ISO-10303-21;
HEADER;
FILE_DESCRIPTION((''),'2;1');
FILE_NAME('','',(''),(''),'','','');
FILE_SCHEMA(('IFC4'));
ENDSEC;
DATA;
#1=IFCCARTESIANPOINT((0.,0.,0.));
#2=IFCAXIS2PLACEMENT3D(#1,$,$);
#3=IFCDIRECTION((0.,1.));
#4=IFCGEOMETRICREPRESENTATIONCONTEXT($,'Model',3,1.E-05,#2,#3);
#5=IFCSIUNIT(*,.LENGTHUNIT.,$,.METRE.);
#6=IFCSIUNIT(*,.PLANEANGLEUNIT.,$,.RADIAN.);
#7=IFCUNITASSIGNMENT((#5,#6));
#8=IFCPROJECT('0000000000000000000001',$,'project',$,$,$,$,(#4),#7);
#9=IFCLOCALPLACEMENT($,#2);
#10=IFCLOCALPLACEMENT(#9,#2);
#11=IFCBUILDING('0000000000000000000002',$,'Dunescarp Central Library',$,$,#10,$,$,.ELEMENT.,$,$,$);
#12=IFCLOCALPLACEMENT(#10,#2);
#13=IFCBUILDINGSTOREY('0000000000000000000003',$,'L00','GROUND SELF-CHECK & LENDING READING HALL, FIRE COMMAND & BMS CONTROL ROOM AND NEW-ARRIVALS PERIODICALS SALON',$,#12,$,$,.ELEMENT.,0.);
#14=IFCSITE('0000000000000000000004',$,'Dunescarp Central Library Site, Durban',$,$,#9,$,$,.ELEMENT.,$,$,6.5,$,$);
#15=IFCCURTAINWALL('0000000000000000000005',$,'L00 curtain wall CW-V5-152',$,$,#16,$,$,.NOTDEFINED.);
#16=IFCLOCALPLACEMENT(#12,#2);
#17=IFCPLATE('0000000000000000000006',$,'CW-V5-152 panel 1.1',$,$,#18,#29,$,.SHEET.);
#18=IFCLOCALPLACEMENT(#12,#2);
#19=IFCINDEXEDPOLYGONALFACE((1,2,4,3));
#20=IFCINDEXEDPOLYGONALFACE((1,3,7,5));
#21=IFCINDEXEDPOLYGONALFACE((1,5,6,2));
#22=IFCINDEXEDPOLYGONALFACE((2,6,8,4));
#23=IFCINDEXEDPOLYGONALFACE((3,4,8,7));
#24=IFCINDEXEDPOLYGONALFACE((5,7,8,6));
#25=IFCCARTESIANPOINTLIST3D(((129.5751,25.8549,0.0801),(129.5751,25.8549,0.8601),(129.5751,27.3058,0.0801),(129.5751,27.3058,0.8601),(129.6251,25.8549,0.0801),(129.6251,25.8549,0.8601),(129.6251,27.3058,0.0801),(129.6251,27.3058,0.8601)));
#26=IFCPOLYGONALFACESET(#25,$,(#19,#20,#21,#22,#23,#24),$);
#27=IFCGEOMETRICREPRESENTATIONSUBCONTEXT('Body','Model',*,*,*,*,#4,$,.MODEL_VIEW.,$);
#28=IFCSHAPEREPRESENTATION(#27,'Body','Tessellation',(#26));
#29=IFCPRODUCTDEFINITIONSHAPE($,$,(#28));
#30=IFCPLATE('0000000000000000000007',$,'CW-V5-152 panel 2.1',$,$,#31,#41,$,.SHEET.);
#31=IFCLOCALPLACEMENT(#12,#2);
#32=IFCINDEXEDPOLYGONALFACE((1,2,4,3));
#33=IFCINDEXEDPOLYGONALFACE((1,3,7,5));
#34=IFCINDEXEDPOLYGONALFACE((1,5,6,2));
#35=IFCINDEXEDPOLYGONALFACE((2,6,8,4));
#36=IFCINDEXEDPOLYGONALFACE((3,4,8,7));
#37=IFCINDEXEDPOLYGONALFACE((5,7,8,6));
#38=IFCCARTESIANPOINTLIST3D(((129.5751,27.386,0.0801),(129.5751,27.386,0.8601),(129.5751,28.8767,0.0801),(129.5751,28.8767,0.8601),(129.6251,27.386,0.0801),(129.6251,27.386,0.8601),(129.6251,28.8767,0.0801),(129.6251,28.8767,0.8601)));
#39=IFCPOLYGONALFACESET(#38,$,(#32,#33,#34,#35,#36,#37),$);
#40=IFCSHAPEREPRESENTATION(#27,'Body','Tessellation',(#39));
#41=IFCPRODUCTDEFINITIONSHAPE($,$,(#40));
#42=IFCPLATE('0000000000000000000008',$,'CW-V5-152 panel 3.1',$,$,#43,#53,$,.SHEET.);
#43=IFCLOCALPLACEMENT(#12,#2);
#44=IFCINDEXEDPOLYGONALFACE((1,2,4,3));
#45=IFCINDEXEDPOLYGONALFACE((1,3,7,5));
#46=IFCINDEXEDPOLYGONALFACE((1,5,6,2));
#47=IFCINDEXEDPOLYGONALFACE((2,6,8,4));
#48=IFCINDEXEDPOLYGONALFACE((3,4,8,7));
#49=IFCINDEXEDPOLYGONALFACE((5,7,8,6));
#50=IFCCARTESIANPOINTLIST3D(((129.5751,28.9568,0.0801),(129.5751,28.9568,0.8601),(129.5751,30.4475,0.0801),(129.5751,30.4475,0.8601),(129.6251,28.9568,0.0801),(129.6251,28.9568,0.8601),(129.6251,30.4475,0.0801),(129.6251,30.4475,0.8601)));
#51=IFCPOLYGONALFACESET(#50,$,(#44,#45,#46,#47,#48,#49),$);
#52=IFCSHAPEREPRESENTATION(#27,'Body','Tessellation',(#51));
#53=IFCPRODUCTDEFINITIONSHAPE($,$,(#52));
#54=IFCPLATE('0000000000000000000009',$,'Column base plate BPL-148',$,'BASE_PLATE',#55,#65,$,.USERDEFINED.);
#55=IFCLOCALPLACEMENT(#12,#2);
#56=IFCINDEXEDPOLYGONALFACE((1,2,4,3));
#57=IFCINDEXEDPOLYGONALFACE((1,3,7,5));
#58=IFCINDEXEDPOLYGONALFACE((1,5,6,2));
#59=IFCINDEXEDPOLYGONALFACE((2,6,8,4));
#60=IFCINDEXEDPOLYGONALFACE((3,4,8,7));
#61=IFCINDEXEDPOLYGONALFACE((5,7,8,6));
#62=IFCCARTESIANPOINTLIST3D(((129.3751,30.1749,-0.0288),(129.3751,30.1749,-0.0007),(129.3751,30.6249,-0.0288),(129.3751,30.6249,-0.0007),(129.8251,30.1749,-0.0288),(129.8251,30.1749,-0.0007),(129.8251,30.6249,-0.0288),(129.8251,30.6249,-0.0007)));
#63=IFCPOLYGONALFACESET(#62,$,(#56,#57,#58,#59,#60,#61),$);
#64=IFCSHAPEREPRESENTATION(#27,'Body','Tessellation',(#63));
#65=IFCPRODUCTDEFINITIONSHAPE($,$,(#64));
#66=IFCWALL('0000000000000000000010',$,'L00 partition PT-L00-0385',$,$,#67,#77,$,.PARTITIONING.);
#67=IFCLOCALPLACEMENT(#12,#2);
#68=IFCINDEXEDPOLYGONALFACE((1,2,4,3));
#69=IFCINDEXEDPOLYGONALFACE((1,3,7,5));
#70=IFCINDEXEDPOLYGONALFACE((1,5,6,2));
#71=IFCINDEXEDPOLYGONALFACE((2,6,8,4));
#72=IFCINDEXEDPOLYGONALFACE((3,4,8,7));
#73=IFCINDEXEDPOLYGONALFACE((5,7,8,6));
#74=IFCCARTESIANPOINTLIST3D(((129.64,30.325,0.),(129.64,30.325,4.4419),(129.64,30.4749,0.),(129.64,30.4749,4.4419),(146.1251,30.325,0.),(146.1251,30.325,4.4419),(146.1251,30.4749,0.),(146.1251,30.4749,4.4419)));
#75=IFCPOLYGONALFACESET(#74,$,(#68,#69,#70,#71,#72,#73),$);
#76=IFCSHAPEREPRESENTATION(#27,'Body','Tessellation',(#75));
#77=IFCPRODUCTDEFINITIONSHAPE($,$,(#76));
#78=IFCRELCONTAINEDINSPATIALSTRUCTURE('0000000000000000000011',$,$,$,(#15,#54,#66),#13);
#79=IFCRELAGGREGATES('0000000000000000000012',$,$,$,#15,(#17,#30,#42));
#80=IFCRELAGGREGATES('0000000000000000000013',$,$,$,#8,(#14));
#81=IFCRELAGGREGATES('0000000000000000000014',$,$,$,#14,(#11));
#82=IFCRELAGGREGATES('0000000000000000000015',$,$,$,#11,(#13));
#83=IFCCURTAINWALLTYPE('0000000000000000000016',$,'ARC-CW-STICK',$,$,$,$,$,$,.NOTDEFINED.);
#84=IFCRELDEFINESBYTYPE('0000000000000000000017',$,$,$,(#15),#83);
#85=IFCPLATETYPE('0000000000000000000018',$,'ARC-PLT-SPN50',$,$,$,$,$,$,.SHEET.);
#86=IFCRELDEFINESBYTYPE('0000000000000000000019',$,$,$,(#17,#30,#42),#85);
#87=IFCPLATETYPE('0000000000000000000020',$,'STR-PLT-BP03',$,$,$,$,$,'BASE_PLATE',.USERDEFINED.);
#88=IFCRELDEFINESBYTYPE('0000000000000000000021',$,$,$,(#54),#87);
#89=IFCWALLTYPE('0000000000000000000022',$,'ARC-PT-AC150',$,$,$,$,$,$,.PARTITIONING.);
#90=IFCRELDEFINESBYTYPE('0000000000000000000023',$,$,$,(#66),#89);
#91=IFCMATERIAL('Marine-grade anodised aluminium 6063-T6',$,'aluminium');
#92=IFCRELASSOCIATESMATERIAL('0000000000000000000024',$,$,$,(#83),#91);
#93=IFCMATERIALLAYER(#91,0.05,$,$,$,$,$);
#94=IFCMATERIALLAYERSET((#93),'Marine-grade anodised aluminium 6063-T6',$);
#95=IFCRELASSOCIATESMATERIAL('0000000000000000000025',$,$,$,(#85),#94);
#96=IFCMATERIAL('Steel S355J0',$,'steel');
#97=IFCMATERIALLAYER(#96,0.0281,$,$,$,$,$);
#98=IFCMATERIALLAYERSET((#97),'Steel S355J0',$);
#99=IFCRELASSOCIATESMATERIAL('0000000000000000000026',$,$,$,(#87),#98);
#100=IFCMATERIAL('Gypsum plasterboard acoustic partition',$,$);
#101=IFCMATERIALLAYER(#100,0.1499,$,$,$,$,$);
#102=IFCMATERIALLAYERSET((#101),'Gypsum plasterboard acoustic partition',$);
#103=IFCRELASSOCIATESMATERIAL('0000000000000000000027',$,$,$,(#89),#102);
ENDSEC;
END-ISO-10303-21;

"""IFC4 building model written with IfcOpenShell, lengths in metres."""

from ifc_helpers import new_model, si_unit, direction, frame, frame_2d, origin, origin_2d, place, context, subcontext, project, spatial, rectangle, extrude, material, layer, layer_set, type_object, element, aggregate, save


model = new_model("IFC4")

# Units and contexts
model_context = context("Model", 3, precision=1e-05, world=origin(), true_north=direction((0.0, 1.0)))
body_context = subcontext(model_context, "Body", "Model", "MODEL_VIEW")
ifc_project = project(units=[si_unit("LENGTHUNIT", "METRE"), si_unit("PLANEANGLEUNIT", "RADIAN")], contexts=[model_context])

# Site, building, storey
site_placement = place(None, origin())
site = spatial("IfcSite", under=ifc_project, at=site_placement, Name="Dunescarp Central Library Site, Durban", CompositionType="ELEMENT", RefElevation=6.5)
building_placement = place(site_placement, origin())
building = spatial("IfcBuilding", under=site, at=building_placement, Name="Dunescarp Central Library", CompositionType="ELEMENT")
storey_placement = place(building_placement, origin())
storey = spatial("IfcBuildingStorey", under=building, at=storey_placement, Name="L00", Description="GROUND SELF-CHECK & LENDING READING HALL, FIRE COMMAND & BMS CONTROL ROOM AND NEW-ARRIVALS PERIODICALS SALON", CompositionType="ELEMENT", Elevation=0.0)

# Curtain wall, plates
ifc_material_1 = material(Name="Marine-grade anodised aluminium 6063-T6", Category="aluminium")
curtain_wall_type = type_object("IfcCurtainWallType", Name="ARC-CW-STICK", PredefinedType="NOTDEFINED", material=ifc_material_1)
curtain_wall_placement = place(storey_placement, origin())
curtain_wall = element("IfcCurtainWall", 1, at=curtain_wall_placement, inside=storey, type_object=curtain_wall_type, Name="L00 curtain wall CW-V5-152", PredefinedType="NOTDEFINED")
ifc_layer_1 = layer(ifc_material_1, 0.05)
ifc_layer_set_1 = layer_set([ifc_layer_1], Name="Marine-grade anodised aluminium 6063-T6")
plate_type_1 = type_object("IfcPlateType", Name="ARC-PLT-SPN50", PredefinedType="SHEET", material=ifc_layer_set_1)
plate_1_placement = place(storey_placement, frame((129.6001, 26.5803, 0.0801), z_axis=(0.0, 0.0, 1.0), x_axis=(0.0, 1.0, 0.0)))
plate_1 = element("IfcPlate", 2, at=plate_1_placement, type_object=plate_type_1, Name="CW-V5-152 panel 1.1", PredefinedType="SHEET", context=body_context, shape_type="SweptSolid", body=[
    extrude(rectangle(XDim=1.4509, YDim=0.05, at=origin_2d()), origin(), (0.0, 0.0, 1.0), 0.78),
])
plate_2_placement = place(storey_placement, frame((129.6001, 28.1313, 0.0801), z_axis=(0.0, 0.0, 1.0), x_axis=(0.0, 1.0, 0.0)))
plate_2 = element("IfcPlate", 3, at=plate_2_placement, type_object=plate_type_1, Name="CW-V5-152 panel 2.1", PredefinedType="SHEET", context=body_context, shape_type="SweptSolid", body=[
    extrude(rectangle(XDim=1.4907, YDim=0.05, at=origin_2d()), origin(), (0.0, 0.0, 1.0), 0.78),
])
plate_3_placement = place(storey_placement, frame((129.6001, 29.7021, 0.0801), z_axis=(0.0, 0.0, 1.0), x_axis=(0.0, 1.0, 0.0)))
plate_3 = element("IfcPlate", 4, at=plate_3_placement, type_object=plate_type_1, Name="CW-V5-152 panel 3.1", PredefinedType="SHEET", context=body_context, shape_type="SweptSolid", body=[
    extrude(rectangle(XDim=1.4907, YDim=0.05, at=origin_2d()), origin(), (0.0, 0.0, 1.0), 0.78),
])
aggregate(curtain_wall, [plate_1, plate_2, plate_3])

# Plate
ifc_material_2 = material(Name="Steel S355J0", Category="steel")
ifc_layer_2 = layer(ifc_material_2, 0.0281)
ifc_layer_set_2 = layer_set([ifc_layer_2], Name="Steel S355J0")
plate_type_2 = type_object("IfcPlateType", Name="STR-PLT-BP03", ElementType="BASE_PLATE", PredefinedType="USERDEFINED", material=ifc_layer_set_2)
plate_4_placement = place(storey_placement, frame((129.6001, 30.3999, -0.0288), z_axis=(0.0, 0.0, 1.0), x_axis=(1.0, 0.0, 0.0)))
element("IfcPlate", 5, at=plate_4_placement, inside=storey, type_object=plate_type_2, Name="Column base plate BPL-148", ObjectType="BASE_PLATE", PredefinedType="USERDEFINED", context=body_context, shape_type="SweptSolid", body=[
    extrude(rectangle(XDim=0.45, YDim=0.45, at=origin_2d()), origin(), (0.0, 0.0, 1.0), 0.0281),
])

# Wall
ifc_material_3 = material(Name="Gypsum plasterboard acoustic partition")
ifc_layer_3 = layer(ifc_material_3, 0.1499)
ifc_layer_set_3 = layer_set([ifc_layer_3], Name="Gypsum plasterboard acoustic partition")
wall_type = type_object("IfcWallType", Name="ARC-PT-AC150", PredefinedType="PARTITIONING", material=ifc_layer_set_3)
wall_placement = place(storey_placement, frame((129.6399, 30.3999, 0.0), z_axis=(0.0, 0.0, 1.0), x_axis=(1.0, 0.0, 0.0)))
element("IfcWall", 6, at=wall_placement, inside=storey, type_object=wall_type, Name="L00 partition PT-L00-0385", PredefinedType="PARTITIONING", context=body_context, shape_type="SweptSolid", body=[
    extrude(rectangle(XDim=16.4851, YDim=0.1499, at=frame_2d((8.2427, 0.0))), origin(), (0.0, 0.0, 1.0), 4.4419),
])

save(model, "model.ifc")
